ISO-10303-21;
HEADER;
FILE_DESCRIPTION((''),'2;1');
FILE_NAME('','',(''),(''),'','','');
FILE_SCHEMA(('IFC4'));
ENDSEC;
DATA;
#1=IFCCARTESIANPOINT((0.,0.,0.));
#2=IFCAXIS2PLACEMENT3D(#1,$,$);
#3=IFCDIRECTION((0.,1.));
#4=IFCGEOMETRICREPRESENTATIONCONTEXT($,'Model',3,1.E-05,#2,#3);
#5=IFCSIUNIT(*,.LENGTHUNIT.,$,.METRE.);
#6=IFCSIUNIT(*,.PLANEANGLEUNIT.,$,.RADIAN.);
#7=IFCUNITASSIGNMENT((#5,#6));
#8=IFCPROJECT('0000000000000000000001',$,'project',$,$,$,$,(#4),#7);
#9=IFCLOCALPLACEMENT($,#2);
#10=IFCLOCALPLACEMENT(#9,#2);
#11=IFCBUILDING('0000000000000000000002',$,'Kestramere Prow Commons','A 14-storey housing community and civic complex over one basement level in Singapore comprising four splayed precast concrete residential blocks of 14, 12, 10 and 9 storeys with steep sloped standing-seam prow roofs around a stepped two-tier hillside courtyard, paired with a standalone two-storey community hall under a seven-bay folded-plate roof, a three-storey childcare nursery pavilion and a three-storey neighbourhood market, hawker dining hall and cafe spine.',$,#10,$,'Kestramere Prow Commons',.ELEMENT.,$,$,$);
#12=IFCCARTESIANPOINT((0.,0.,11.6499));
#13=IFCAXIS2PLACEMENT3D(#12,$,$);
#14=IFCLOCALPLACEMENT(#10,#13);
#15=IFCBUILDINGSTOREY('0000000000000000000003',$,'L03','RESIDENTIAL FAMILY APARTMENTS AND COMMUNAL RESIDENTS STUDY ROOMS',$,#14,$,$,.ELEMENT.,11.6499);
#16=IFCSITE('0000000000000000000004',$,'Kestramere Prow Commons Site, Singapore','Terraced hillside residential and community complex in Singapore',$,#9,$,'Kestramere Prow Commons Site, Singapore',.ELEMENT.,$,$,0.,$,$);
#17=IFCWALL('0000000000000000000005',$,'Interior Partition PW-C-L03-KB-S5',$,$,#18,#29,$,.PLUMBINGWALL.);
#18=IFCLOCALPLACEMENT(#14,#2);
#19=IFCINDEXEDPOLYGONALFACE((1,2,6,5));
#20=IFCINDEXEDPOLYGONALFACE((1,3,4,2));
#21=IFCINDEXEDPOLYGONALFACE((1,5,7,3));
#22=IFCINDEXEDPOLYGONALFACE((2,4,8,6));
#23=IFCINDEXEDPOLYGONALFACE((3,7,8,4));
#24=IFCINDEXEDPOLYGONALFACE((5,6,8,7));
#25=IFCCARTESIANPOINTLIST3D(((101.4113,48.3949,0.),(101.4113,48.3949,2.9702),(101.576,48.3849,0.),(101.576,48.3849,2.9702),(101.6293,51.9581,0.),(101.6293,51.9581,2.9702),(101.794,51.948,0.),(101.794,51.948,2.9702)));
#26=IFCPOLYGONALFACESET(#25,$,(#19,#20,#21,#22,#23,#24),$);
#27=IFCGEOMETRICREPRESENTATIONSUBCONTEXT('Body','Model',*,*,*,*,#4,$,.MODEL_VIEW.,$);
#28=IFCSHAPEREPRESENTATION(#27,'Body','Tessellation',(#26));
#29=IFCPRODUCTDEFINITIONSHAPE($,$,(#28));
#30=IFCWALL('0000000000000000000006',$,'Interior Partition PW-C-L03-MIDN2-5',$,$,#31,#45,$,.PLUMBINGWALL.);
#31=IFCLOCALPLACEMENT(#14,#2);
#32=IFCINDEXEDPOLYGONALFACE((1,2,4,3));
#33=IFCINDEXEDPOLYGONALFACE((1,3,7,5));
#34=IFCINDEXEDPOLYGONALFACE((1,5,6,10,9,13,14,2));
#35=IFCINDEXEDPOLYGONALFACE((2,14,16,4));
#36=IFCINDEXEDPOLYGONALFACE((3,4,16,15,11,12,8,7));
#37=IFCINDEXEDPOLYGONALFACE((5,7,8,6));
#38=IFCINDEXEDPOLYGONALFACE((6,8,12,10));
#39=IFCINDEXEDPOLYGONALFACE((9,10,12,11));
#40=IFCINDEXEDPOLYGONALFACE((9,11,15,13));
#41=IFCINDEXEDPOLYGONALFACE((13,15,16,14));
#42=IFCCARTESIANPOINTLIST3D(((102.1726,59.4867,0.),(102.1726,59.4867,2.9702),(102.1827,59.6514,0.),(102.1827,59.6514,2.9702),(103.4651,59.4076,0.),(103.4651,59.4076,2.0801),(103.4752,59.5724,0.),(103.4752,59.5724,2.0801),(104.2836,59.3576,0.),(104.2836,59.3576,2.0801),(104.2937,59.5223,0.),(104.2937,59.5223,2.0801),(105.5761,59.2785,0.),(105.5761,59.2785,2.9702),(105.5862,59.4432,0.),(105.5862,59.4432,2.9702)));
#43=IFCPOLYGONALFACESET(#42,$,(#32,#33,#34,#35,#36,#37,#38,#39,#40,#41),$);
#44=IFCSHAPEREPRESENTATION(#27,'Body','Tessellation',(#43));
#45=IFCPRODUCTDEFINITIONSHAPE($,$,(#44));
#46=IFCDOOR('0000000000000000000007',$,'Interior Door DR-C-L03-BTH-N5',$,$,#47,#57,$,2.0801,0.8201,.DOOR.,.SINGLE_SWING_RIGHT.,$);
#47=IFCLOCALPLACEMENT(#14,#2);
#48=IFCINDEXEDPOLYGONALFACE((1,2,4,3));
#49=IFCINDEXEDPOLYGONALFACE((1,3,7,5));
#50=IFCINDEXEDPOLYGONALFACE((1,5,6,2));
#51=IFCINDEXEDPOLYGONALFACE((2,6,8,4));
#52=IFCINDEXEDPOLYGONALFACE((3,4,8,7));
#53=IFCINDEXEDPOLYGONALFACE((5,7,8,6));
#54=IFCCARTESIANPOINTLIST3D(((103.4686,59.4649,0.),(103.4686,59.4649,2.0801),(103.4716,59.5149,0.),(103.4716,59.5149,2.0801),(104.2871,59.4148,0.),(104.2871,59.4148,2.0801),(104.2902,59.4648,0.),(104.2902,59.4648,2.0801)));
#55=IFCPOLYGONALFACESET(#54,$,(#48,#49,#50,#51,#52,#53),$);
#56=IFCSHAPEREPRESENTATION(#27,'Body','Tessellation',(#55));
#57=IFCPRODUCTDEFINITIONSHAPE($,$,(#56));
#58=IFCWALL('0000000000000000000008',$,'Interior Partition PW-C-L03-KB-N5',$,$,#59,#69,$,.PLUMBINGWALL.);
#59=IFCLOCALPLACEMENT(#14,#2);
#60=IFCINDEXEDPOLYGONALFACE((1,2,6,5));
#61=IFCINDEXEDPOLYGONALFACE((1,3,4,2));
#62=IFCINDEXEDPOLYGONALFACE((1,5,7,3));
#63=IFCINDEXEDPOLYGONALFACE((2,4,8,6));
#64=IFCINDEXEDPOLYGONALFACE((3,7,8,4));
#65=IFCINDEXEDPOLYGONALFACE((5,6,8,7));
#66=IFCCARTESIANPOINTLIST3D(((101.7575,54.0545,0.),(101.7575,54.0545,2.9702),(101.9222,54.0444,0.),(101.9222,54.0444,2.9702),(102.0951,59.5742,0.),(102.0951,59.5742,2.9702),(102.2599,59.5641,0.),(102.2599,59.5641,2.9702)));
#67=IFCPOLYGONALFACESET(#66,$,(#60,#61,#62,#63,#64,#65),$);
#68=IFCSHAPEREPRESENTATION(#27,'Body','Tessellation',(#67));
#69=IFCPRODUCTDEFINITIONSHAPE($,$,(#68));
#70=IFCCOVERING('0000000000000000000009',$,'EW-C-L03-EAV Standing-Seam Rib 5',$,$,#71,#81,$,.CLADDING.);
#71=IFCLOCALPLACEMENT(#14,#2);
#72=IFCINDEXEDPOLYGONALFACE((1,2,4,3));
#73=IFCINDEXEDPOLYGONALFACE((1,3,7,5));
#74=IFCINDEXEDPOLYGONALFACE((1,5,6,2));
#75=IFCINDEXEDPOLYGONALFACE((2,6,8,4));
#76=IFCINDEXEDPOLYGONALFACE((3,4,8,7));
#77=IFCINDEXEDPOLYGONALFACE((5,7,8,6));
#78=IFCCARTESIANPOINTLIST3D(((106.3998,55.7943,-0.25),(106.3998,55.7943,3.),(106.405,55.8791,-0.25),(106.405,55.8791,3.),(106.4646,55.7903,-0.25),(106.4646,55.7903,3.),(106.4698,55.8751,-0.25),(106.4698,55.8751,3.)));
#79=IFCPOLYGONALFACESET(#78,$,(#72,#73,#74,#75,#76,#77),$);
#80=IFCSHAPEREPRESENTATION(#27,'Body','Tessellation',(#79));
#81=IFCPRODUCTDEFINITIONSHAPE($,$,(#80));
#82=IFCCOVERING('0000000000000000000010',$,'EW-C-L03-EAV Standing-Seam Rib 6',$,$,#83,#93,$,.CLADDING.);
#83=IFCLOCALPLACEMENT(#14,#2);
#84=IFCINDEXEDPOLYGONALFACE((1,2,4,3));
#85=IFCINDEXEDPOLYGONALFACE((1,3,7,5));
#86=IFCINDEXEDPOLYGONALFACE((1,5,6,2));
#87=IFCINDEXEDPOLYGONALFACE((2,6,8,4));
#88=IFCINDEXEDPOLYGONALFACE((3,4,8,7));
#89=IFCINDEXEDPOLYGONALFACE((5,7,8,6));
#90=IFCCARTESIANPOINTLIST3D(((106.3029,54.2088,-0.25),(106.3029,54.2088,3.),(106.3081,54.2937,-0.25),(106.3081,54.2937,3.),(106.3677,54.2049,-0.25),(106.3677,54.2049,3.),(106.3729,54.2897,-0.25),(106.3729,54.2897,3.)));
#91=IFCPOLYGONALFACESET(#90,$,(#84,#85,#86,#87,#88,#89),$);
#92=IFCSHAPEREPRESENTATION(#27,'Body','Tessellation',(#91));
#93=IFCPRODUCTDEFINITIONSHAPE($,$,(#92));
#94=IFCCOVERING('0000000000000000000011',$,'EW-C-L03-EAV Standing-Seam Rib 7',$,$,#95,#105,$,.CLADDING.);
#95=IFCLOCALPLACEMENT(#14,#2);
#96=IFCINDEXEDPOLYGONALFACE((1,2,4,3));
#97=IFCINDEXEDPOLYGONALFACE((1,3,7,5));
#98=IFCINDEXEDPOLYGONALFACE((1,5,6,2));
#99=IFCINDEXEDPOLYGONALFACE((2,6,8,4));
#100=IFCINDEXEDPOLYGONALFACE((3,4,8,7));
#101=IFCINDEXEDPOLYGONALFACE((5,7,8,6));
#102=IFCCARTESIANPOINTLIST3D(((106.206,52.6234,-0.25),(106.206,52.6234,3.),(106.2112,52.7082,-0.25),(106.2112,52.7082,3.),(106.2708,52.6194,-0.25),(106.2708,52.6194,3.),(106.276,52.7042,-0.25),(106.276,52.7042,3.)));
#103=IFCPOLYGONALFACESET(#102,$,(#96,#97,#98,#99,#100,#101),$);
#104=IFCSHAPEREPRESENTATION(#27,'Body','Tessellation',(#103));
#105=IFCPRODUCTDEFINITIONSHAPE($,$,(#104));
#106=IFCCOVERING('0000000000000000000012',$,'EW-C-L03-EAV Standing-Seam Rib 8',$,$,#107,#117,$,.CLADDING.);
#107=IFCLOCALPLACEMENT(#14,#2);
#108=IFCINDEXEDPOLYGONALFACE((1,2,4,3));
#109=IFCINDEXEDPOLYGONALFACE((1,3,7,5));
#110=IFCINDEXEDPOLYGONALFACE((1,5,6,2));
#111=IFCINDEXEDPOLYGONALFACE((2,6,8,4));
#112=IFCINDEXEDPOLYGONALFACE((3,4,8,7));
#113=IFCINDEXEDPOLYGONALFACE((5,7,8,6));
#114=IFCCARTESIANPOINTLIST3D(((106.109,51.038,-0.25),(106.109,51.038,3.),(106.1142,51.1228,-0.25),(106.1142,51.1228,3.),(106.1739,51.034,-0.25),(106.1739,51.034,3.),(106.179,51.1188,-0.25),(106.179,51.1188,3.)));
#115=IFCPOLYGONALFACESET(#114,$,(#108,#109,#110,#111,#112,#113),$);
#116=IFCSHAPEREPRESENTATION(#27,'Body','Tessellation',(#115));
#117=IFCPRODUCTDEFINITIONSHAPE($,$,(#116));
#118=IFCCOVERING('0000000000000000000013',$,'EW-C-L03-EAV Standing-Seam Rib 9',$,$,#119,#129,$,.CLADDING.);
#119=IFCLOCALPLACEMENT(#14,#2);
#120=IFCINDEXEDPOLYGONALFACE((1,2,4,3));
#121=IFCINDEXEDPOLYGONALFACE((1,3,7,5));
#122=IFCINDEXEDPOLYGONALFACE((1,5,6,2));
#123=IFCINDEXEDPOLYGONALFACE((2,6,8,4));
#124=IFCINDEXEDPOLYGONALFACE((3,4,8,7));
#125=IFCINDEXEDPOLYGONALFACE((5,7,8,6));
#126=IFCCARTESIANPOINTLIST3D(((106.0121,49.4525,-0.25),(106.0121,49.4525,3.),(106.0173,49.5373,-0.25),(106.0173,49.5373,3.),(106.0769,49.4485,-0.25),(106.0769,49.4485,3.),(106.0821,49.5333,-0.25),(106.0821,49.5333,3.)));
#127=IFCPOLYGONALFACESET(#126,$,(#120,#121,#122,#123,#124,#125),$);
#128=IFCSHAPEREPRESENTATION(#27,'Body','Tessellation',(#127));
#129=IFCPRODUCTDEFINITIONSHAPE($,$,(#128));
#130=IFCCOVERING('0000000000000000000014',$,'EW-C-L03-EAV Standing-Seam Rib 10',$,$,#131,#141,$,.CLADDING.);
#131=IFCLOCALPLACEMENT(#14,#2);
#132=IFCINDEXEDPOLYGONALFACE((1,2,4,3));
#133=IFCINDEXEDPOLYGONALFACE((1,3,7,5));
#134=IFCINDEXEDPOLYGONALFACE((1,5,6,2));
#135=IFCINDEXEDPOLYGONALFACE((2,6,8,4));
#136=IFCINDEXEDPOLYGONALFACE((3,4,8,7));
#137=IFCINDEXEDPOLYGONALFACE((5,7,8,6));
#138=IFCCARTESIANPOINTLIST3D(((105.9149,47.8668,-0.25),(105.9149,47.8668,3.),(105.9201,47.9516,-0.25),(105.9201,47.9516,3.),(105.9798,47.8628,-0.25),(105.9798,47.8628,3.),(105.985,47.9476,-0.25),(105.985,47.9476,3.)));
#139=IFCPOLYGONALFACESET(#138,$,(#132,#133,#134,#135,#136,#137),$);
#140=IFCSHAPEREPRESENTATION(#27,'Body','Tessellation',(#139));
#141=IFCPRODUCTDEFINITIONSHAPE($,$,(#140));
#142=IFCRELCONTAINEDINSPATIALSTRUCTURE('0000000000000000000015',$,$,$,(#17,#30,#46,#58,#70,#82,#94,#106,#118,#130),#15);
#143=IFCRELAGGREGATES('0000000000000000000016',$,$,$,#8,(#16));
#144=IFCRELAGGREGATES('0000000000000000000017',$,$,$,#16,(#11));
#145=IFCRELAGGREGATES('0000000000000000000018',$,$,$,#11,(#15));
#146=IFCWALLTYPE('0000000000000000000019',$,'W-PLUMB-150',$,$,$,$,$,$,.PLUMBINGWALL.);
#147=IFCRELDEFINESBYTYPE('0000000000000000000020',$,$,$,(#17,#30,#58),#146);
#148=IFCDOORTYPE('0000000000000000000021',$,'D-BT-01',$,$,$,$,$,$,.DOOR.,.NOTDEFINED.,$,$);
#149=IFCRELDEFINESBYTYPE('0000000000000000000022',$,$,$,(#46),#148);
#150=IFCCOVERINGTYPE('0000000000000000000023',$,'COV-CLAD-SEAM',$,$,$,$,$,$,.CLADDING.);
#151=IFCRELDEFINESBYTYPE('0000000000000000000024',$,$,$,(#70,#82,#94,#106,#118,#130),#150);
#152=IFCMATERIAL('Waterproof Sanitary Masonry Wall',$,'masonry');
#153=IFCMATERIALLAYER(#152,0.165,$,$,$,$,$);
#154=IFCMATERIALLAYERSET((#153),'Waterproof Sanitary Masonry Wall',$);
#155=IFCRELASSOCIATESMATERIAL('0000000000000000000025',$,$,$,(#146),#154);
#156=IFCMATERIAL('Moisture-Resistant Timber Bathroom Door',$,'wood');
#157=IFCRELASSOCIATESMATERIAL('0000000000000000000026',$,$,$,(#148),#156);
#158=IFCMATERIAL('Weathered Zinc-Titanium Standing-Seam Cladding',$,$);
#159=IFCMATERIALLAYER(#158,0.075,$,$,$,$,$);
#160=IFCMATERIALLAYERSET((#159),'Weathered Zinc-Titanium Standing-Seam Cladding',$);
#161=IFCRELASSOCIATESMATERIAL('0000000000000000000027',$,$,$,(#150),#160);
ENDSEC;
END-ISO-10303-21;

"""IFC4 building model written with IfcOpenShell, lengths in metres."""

from ifc_helpers import new_model, si_unit, direction, frame, frame_2d, origin, origin_2d, place, context, subcontext, project, spatial, rectangle, extrude, material, layer, layer_set, type_object, element, fill, save


model = new_model("IFC4")

# Units and contexts
model_context = context("Model", 3, precision=1e-05, world=origin(), true_north=direction((0.0, 1.0)))
body_context = subcontext(model_context, "Body", "Model", "MODEL_VIEW")
ifc_project = project(units=[si_unit("LENGTHUNIT", "METRE"), si_unit("PLANEANGLEUNIT", "RADIAN")], contexts=[model_context])

# Site, building, storey
site_placement = place(None, origin())
site = spatial("IfcSite", under=ifc_project, at=site_placement, Name="Kestramere Prow Commons Site, Singapore", Description="Terraced hillside residential and community complex in Singapore", LongName="Kestramere Prow Commons Site, Singapore", CompositionType="ELEMENT", RefElevation=0.0)
building_placement = place(site_placement, origin())
building = spatial("IfcBuilding", under=site, at=building_placement, Name="Kestramere Prow Commons", Description="A 14-storey housing community and civic complex over one basement level in Singapore comprising four splayed precast concrete residential blocks of 14, 12, 10 and 9 storeys with steep sloped standing-seam prow roofs around a stepped two-tier hillside courtyard, paired with a standalone two-storey community hall under a seven-bay folded-plate roof, a three-storey childcare nursery pavilion and a three-storey neighbourhood market, hawker dining hall and cafe spine.", LongName="Kestramere Prow Commons", CompositionType="ELEMENT")
storey_placement = place(building_placement, frame((0.0, 0.0, 11.6499)))
storey = spatial("IfcBuildingStorey", under=building, at=storey_placement, Name="L03", Description="RESIDENTIAL FAMILY APARTMENTS AND COMMUNAL RESIDENTS STUDY ROOMS", CompositionType="ELEMENT", Elevation=11.6499)

# Shared definitions
ifc_material_1 = material(Name="Waterproof Sanitary Masonry Wall", Category="masonry")
ifc_layer_1 = layer(ifc_material_1, 0.165)
ifc_layer_set_1 = layer_set([ifc_layer_1], Name="Waterproof Sanitary Masonry Wall")
wall_type_1 = type_object("IfcWallType", Name="W-PLUMB-150", PredefinedType="PLUMBINGWALL", material=ifc_layer_set_1)
ifc_material_2 = material(Name="Moisture-Resistant Timber Bathroom Door", Category="wood")
door_type_1 = type_object("IfcDoorType", Name="D-BT-01", OperationType="NOTDEFINED", PredefinedType="DOOR", material=ifc_material_2)

# Wall
wall_1_placement = place(storey_placement, frame((101.4937, 48.3899, 0.0), z_axis=(0.0, 0.0, 1.0), x_axis=(0.061071, 0.998133, 0.0)))
element("IfcWall", 1, at=wall_1_placement, inside=storey, type_object=wall_type_1, Name="Interior Partition PW-C-L03-KB-S5", PredefinedType="PLUMBINGWALL", context=body_context, shape_type="SweptSolid", body=[
    extrude(rectangle(XDim=3.5698, YDim=0.165, at=frame_2d((1.7849, 0.0))), origin(), (0.0, 0.0, 1.0), 2.9702),
])

# Wall, opening, door
wall_2_placement = place(storey_placement, frame((102.1775, 59.5691, 0.0), z_axis=(0.0, 0.0, 1.0), x_axis=(0.998133, -0.061072, 0.0)))
wall_2 = element("IfcWall", 2, at=wall_2_placement, inside=storey, type_object=wall_type_1, Name="Interior Partition PW-C-L03-MIDN2-5", PredefinedType="PLUMBINGWALL", context=body_context, shape_type="SweptSolid", body=[
    extrude(rectangle(XDim=3.4099, YDim=0.165, at=frame_2d((1.7051, 0.0))), origin(), (0.0, 0.0, 1.0), 2.9702),
])
opening_1_placement = place(wall_2_placement, frame((1.2949, 0.0, 0.0)))
opening_1 = element("IfcOpeningElement", 3, at=opening_1_placement, cuts=wall_2, PredefinedType="OPENING", context=body_context, shape_type="SweptSolid", body=[
    extrude(rectangle(XDim=0.8201, YDim=2.0801, at=frame_2d((0.4102, 1.04))), frame((0.0, 0.0974, 0.0), z_axis=(0.0, -1.0, 0.0), x_axis=(1.0, 0.0, 0.0)), (0.0, 0.0, 1.0), 0.1951),
])
door_1_placement = place(opening_1_placement, origin())
door_1 = element("IfcDoor", 4, at=door_1_placement, inside=storey, type_object=door_type_1, Name="Interior Door DR-C-L03-BTH-N5", OperationType="SINGLE_SWING_RIGHT", OverallHeight=2.0801, OverallWidth=0.8201, PredefinedType="DOOR", context=body_context, shape_type="SweptSolid", body=[
    extrude(rectangle(XDim=0.8201, YDim=2.0801, at=frame_2d((0.4102, 1.04))), frame((0.0, 0.0249, 0.0), z_axis=(0.0, -1.0, 0.0), x_axis=(1.0, 0.0, 0.0)), (0.0, 0.0, 1.0), 0.05),
])
fill(opening_1, door_1)

# Wall
wall_3_placement = place(storey_placement, frame((101.8398, 54.0493, 0.0), z_axis=(0.0, 0.0, 1.0), x_axis=(0.061056, 0.998134, 0.0)))
element("IfcWall", 5, at=wall_3_placement, inside=storey, type_object=wall_type_1, Name="Interior Partition PW-C-L03-KB-N5", PredefinedType="PLUMBINGWALL", context=body_context, shape_type="SweptSolid", body=[
    extrude(rectangle(XDim=5.53, YDim=0.165, at=frame_2d((2.7651, 0.0))), origin(), (0.0, 0.0, 1.0), 2.9702),
])

# Coverings
ifc_material_3 = material(Name="Weathered Zinc-Titanium Standing-Seam Cladding")
ifc_layer_2 = layer(ifc_material_3, 0.075)
ifc_layer_set_2 = layer_set([ifc_layer_2], Name="Weathered Zinc-Titanium Standing-Seam Cladding")
covering_type = type_object("IfcCoveringType", Name="COV-CLAD-SEAM", PredefinedType="CLADDING", material=ifc_layer_set_2)
for number, where, z_axis, x_axis, name in (
    (6, (106.4348, 55.8347, -0.25), (0.0, 0.0, 1.0), (-0.061049, -0.998135, 0.0), "EW-C-L03-EAV Standing-Seam Rib 5"),
    (7, (106.3379, 54.2493, -0.25), (0.0, 0.0, 1.0), (-0.061049, -0.998135, 0.0), "EW-C-L03-EAV Standing-Seam Rib 6"),
    (8, (106.241, 52.6638, -0.25), (0.0, 0.0, 1.0), (-0.061049, -0.998135, 0.0), "EW-C-L03-EAV Standing-Seam Rib 7"),
    (9, (106.144, 51.0784, -0.25), (0.0, 0.0, 1.0), (-0.061049, -0.998135, 0.0), "EW-C-L03-EAV Standing-Seam Rib 8"),
    (10, (106.0471, 49.4929, -0.25), (0.0, 0.0, 1.0), (-0.061049, -0.998135, 0.0), "EW-C-L03-EAV Standing-Seam Rib 9"),
    (11, (105.95, 47.9072, -0.25), (0.0, 0.0, 1.0), (-0.061049, -0.998135, 0.0), "EW-C-L03-EAV Standing-Seam Rib 10"),
):
    element("IfcCovering", number, at=place(storey_placement, frame(where, z_axis=z_axis, x_axis=x_axis)), inside=storey, type_object=covering_type, Name=name, PredefinedType="CLADDING", context=body_context, shape_type="SweptSolid", body=[
        extrude(rectangle(XDim=0.085, YDim=0.0649, at=origin_2d()), origin(), (0.0, 0.0, 1.0), 3.25),
    ])

save(model, "model.ifc")
